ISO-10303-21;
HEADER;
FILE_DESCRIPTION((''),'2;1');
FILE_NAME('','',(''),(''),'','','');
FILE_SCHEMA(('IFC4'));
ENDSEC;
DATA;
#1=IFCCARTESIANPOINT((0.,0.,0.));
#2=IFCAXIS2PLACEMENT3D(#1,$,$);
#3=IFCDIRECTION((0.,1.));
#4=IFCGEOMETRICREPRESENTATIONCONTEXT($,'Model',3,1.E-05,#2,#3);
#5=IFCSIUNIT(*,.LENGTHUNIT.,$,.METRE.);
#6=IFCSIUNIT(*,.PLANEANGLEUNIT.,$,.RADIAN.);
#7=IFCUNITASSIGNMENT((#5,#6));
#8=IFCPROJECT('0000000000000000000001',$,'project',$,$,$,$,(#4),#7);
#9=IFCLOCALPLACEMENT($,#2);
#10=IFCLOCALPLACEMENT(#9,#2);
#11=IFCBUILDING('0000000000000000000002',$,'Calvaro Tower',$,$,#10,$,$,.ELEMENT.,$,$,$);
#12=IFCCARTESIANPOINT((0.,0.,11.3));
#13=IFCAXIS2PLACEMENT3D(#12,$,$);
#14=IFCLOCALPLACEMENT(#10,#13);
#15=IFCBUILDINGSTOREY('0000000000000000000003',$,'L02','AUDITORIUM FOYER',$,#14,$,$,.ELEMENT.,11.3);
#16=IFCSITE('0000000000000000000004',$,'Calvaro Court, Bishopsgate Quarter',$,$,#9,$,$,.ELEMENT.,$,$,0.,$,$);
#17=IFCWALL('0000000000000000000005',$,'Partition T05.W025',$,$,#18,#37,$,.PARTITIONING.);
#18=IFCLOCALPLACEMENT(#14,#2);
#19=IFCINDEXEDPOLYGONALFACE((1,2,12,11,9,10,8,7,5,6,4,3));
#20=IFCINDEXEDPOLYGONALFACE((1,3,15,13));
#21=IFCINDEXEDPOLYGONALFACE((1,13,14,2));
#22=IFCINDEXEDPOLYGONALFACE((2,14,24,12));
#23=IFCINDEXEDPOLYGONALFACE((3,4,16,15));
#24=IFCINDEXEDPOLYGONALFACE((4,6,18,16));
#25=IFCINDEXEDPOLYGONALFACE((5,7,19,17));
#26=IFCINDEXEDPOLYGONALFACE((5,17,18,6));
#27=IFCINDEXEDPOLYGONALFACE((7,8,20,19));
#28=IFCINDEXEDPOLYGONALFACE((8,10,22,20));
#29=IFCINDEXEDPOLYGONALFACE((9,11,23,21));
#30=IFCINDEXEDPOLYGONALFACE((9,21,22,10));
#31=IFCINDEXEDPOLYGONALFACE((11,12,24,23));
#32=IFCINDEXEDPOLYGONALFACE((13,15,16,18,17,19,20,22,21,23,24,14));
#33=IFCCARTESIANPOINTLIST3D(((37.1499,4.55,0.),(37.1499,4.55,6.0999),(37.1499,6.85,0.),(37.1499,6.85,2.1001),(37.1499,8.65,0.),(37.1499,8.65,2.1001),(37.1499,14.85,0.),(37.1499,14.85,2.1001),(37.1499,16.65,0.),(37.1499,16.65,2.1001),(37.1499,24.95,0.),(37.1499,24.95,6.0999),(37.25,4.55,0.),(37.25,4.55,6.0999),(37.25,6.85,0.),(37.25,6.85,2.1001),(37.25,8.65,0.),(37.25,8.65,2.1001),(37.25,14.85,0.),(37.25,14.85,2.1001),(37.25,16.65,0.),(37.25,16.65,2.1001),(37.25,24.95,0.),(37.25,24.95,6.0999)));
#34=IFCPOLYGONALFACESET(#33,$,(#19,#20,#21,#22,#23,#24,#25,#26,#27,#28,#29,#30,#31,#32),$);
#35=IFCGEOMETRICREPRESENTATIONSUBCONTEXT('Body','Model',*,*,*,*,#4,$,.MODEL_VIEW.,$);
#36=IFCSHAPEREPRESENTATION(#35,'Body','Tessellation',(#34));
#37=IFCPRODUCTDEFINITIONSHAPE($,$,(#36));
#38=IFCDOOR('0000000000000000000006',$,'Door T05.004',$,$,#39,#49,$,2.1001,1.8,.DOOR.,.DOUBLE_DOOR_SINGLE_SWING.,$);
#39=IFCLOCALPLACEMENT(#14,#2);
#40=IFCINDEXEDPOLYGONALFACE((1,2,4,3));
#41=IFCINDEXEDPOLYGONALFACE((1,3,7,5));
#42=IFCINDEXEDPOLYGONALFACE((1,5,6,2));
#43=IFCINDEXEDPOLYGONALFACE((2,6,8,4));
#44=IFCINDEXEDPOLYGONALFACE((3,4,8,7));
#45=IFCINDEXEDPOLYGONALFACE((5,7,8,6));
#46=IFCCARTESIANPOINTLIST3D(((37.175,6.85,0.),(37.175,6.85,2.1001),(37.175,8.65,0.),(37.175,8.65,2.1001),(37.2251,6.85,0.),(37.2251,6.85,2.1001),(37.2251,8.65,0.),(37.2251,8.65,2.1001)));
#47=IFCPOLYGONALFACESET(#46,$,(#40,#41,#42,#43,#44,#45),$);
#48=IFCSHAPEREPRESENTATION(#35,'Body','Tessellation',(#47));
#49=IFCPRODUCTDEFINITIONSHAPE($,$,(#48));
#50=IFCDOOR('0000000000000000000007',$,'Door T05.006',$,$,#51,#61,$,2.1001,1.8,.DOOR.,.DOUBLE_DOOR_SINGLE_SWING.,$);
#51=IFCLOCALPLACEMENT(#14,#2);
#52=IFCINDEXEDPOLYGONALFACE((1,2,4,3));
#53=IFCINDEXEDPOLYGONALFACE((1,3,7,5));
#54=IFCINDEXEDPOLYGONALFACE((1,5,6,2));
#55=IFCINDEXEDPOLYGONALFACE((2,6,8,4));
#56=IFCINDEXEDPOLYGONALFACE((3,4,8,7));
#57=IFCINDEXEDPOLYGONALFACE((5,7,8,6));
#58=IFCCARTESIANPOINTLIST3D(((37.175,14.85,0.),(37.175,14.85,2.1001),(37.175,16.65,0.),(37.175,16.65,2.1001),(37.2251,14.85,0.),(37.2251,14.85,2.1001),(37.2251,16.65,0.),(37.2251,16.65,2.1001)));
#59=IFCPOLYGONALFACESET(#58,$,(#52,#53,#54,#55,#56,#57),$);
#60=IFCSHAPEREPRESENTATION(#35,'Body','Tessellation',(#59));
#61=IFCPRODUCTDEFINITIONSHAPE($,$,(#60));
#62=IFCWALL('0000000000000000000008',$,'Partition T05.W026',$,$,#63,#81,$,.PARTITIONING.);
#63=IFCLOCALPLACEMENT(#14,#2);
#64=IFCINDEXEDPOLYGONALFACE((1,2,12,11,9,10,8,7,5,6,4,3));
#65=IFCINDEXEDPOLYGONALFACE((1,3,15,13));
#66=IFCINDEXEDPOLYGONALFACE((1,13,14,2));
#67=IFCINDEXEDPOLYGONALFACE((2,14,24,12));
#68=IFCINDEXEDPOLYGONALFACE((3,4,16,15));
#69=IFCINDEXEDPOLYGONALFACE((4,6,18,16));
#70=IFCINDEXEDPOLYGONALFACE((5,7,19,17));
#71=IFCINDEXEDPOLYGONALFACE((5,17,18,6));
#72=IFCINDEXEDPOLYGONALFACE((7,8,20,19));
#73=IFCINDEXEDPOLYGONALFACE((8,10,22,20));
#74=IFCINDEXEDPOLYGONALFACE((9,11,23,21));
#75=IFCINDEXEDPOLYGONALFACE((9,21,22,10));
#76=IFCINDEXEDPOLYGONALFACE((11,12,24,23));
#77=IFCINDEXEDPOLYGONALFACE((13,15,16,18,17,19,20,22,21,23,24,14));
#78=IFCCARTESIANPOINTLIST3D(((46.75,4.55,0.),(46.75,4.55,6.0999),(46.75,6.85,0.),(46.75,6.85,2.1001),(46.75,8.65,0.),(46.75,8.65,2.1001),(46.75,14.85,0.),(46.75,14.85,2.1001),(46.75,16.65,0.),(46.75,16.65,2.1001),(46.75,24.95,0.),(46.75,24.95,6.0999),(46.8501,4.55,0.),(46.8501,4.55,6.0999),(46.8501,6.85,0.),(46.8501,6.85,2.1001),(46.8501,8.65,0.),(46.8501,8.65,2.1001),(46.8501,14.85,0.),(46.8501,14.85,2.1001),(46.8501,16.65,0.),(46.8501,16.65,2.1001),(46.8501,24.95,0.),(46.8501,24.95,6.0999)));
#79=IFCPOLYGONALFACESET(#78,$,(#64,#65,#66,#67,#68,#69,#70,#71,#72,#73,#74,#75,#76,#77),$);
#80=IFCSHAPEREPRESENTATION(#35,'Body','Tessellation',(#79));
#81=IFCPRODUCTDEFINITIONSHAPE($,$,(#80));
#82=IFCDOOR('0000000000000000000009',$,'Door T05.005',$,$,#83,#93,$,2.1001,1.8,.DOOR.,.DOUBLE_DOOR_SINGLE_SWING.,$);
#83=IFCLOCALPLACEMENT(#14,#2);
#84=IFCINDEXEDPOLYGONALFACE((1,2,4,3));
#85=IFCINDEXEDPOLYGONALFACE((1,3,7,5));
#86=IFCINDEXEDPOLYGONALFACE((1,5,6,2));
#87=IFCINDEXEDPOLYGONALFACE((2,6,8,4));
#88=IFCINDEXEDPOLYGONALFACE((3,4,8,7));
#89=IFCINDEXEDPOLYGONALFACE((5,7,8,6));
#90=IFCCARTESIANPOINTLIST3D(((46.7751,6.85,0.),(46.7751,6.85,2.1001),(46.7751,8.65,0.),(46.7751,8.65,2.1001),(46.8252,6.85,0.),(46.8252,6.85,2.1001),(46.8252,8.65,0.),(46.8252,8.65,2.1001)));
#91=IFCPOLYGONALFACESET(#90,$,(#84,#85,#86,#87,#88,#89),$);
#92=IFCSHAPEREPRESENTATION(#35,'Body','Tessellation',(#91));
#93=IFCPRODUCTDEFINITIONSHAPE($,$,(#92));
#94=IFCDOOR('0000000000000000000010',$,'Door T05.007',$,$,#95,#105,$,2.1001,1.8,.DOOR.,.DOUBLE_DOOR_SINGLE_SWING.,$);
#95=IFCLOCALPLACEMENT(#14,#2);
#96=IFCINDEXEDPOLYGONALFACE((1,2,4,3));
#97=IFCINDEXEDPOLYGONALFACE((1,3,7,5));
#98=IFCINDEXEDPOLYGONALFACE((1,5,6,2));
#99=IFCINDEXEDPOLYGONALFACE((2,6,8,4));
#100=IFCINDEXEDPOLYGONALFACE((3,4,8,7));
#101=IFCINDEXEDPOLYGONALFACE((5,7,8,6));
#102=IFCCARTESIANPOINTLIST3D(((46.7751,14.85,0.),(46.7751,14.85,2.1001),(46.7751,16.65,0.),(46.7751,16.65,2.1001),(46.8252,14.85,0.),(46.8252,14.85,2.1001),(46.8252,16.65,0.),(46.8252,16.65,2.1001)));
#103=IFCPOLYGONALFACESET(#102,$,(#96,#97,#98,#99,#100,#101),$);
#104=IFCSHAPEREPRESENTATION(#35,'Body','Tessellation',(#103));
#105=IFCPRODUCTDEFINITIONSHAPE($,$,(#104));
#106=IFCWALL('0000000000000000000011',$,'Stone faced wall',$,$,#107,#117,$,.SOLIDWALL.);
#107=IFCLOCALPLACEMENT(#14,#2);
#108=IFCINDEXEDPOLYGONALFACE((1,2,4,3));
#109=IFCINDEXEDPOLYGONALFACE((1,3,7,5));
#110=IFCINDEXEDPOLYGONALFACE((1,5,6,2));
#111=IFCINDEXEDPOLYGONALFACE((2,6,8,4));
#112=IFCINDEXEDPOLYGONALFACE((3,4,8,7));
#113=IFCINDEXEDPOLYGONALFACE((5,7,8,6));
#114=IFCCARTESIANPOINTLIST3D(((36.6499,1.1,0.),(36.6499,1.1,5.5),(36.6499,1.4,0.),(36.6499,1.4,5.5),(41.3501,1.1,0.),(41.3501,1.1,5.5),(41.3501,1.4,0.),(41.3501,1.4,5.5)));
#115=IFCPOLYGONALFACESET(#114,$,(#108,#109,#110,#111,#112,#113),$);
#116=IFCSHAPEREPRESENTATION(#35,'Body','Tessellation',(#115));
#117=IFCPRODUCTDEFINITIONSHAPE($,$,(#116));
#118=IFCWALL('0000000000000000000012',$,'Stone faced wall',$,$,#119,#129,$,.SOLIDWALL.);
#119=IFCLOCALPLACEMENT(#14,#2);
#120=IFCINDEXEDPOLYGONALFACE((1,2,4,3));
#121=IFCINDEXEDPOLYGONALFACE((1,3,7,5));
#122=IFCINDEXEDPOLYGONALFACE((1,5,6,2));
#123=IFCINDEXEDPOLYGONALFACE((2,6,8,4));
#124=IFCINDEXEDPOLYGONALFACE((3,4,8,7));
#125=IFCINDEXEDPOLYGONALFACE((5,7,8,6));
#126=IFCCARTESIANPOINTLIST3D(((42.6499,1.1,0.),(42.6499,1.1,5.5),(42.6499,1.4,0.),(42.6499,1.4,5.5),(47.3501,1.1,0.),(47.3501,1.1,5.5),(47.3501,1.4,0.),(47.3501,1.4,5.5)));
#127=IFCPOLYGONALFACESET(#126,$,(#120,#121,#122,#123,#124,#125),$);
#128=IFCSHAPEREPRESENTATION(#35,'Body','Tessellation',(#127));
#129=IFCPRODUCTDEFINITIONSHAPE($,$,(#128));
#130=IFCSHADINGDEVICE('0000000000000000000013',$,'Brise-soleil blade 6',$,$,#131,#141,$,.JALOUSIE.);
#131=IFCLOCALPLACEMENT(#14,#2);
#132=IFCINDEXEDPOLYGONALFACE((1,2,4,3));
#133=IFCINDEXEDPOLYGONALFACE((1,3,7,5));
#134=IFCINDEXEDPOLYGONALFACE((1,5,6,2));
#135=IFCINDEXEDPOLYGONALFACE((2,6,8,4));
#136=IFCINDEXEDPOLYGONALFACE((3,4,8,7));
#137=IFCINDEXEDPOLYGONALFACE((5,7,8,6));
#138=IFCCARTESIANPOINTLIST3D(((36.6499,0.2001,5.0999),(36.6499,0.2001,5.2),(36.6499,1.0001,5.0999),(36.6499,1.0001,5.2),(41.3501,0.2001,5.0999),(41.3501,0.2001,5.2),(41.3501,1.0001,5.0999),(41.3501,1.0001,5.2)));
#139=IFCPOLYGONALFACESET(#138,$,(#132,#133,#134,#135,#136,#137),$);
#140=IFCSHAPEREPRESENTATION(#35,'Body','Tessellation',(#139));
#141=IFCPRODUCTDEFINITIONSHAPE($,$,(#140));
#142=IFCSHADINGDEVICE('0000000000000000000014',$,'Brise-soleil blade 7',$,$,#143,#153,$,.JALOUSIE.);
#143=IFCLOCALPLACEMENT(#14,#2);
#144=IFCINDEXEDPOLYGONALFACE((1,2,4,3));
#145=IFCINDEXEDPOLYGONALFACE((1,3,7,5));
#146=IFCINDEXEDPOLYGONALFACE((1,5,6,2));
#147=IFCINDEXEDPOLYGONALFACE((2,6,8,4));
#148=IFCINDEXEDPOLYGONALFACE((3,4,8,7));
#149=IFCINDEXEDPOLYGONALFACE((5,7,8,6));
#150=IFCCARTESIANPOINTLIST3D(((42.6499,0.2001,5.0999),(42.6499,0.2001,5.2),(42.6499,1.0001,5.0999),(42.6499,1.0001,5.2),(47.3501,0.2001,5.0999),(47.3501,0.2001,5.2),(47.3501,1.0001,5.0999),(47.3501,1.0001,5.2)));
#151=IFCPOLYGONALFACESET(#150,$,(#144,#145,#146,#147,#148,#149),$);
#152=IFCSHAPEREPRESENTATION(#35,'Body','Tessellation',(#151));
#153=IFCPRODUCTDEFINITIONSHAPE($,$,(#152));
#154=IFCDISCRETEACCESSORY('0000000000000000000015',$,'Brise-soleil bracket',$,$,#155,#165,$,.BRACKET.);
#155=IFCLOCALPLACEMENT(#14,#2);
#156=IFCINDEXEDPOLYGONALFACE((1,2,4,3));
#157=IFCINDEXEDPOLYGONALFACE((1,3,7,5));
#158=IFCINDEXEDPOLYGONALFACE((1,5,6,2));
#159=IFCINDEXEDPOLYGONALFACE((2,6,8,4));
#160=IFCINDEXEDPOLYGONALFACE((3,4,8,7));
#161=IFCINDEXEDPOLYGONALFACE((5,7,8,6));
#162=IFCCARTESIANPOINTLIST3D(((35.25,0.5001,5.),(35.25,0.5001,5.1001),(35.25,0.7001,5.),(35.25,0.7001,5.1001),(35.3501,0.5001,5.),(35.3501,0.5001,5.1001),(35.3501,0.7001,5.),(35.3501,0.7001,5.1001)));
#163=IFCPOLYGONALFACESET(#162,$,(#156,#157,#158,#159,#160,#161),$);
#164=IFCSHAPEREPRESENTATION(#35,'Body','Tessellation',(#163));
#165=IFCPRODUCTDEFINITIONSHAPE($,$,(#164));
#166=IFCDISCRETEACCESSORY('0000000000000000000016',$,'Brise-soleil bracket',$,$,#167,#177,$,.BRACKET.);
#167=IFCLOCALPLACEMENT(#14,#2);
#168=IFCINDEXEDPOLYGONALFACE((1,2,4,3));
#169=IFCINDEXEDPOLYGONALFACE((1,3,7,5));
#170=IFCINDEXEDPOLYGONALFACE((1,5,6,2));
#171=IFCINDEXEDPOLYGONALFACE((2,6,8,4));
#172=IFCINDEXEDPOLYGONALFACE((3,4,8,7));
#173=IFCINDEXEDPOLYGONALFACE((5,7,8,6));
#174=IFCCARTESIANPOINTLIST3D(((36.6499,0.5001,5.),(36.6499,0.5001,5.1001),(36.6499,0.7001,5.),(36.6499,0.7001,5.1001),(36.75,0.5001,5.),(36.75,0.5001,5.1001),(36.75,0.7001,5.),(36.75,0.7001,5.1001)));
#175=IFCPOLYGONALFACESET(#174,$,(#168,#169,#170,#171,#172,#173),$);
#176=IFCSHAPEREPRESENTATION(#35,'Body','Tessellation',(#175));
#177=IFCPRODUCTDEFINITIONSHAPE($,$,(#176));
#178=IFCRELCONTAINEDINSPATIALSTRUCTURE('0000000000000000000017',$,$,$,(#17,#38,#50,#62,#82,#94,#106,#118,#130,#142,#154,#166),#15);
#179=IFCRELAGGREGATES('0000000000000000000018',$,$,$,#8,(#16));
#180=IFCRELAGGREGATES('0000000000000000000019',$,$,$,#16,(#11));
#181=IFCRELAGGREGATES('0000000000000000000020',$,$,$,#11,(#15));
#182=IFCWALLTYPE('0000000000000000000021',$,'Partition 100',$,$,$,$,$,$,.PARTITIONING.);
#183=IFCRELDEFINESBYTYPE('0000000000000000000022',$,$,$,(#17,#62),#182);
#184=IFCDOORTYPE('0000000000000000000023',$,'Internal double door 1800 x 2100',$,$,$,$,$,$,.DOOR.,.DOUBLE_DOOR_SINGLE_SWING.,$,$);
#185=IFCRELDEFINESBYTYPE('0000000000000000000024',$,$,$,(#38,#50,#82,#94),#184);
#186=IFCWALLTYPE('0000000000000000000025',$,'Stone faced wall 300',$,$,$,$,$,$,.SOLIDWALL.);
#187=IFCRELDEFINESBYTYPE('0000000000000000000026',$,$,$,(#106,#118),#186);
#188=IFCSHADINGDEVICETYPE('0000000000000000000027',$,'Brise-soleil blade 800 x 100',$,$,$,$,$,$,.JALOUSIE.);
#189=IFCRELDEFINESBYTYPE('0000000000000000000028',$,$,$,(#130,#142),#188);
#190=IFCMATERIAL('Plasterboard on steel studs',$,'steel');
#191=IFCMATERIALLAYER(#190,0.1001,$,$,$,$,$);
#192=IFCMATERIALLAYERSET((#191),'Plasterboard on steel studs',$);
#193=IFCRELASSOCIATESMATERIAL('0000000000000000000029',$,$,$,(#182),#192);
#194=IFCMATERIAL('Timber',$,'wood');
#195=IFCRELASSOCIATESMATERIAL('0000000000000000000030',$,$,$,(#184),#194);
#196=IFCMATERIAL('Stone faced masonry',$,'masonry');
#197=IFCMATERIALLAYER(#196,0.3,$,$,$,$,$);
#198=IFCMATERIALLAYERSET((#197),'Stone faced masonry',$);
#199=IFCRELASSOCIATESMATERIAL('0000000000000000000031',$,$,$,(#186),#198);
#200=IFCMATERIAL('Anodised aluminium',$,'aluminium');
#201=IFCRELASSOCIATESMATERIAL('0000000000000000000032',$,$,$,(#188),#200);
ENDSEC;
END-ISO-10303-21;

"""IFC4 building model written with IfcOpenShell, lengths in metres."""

from ifc_helpers import new_model, si_unit, direction, frame, frame_2d, origin, origin_2d, place, context, subcontext, project, spatial, rectangle, extrude, material, layer, layer_set, material_profile, profile_set, type_object, element, fill, save


model = new_model("IFC4")

# Units and contexts
model_context = context("Model", 3, precision=1e-05, world=origin(), true_north=direction((0.0, 1.0)))
body_context = subcontext(model_context, "Body", "Model", "MODEL_VIEW")
ifc_project = project(units=[si_unit("LENGTHUNIT", "METRE"), si_unit("PLANEANGLEUNIT", "RADIAN")], contexts=[model_context])

# Site, building, storey
site_placement = place(None, origin())
site = spatial("IfcSite", under=ifc_project, at=site_placement, Name="Calvaro Court, Bishopsgate Quarter", CompositionType="ELEMENT", RefElevation=0.0)
building_placement = place(site_placement, origin())
building = spatial("IfcBuilding", under=site, at=building_placement, Name="Calvaro Tower", CompositionType="ELEMENT")
storey_placement = place(building_placement, frame((0.0, 0.0, 11.3)))
storey = spatial("IfcBuildingStorey", under=building, at=storey_placement, Name="L02", Description="AUDITORIUM FOYER", CompositionType="ELEMENT", Elevation=11.3)

# Shared definitions
ifc_material_1 = material(Name="Plasterboard on steel studs", Category="steel")
ifc_layer_1 = layer(ifc_material_1, 0.1001)
ifc_layer_set_1 = layer_set([ifc_layer_1], Name="Plasterboard on steel studs")
wall_type_1 = type_object("IfcWallType", Name="Partition 100", PredefinedType="PARTITIONING", material=ifc_layer_set_1)

# Walls, openings, doors
wall_1_placement = place(storey_placement, frame((37.2, 4.55, 0.0), z_axis=(0.0, 0.0, 1.0), x_axis=(0.0, 1.0, 0.0)))
wall_1 = element("IfcWall", 1, at=wall_1_placement, inside=storey, type_object=wall_type_1, Name="Partition T05.W025", PredefinedType="PARTITIONING", context=body_context, shape_type="SweptSolid", body=[
    extrude(rectangle(XDim=20.3999, YDim=0.1001, at=frame_2d((10.2, 0.0))), origin(), (0.0, 0.0, 1.0), 6.0999),
])
opening_1_placement = place(wall_1_placement, frame((2.3, 0.0, 0.0)))
opening_1 = element("IfcOpeningElement", 2, at=opening_1_placement, cuts=wall_1, PredefinedType="OPENING", context=body_context, shape_type="SweptSolid", body=[
    extrude(rectangle(XDim=1.8, YDim=2.1001, at=frame_2d((0.8999, 1.05))), frame((0.0, 0.0601, 0.0), z_axis=(0.0, -1.0, 0.0), x_axis=(1.0, 0.0, 0.0)), (0.0, 0.0, 1.0), 0.1201),
])
opening_2_placement = place(wall_1_placement, frame((10.3, 0.0, 0.0)))
opening_2 = element("IfcOpeningElement", 3, at=opening_2_placement, cuts=wall_1, PredefinedType="OPENING", context=body_context, shape_type="SweptSolid", body=[
    extrude(rectangle(XDim=1.8, YDim=2.1001, at=frame_2d((0.8999, 1.05))), frame((0.0, 0.0601, 0.0), z_axis=(0.0, -1.0, 0.0), x_axis=(1.0, 0.0, 0.0)), (0.0, 0.0, 1.0), 0.1201),
])
ifc_material_2 = material(Name="Timber", Category="wood")
door_type_1 = type_object("IfcDoorType", Name="Internal double door 1800 x 2100", OperationType="DOUBLE_DOOR_SINGLE_SWING", PredefinedType="DOOR", material=ifc_material_2)
door_1_placement = place(opening_1_placement, origin())
door_1 = element("IfcDoor", 4, at=door_1_placement, inside=storey, type_object=door_type_1, Name="Door T05.004", OperationType="DOUBLE_DOOR_SINGLE_SWING", OverallHeight=2.1001, OverallWidth=1.8, PredefinedType="DOOR", context=body_context, shape_type="SweptSolid", body=[
    extrude(rectangle(XDim=1.8, YDim=2.1001, at=frame_2d((0.8999, 1.05))), frame((0.0, 0.0249, 0.0), z_axis=(0.0, -1.0, 0.0), x_axis=(1.0, 0.0, 0.0)), (0.0, 0.0, 1.0), 0.05),
])
fill(opening_1, door_1)
door_2_placement = place(opening_2_placement, origin())
door_2 = element("IfcDoor", 5, at=door_2_placement, inside=storey, type_object=door_type_1, Name="Door T05.006", OperationType="DOUBLE_DOOR_SINGLE_SWING", OverallHeight=2.1001, OverallWidth=1.8, PredefinedType="DOOR", context=body_context, shape_type="SweptSolid", body=[
    extrude(rectangle(XDim=1.8, YDim=2.1001, at=frame_2d((0.8999, 1.05))), frame((0.0, 0.0249, 0.0), z_axis=(0.0, -1.0, 0.0), x_axis=(1.0, 0.0, 0.0)), (0.0, 0.0, 1.0), 0.05),
])
fill(opening_2, door_2)
wall_2_placement = place(storey_placement, frame((46.8, 4.55, 0.0), z_axis=(0.0, 0.0, 1.0), x_axis=(0.0, 1.0, 0.0)))
wall_2 = element("IfcWall", 6, at=wall_2_placement, inside=storey, type_object=wall_type_1, Name="Partition T05.W026", PredefinedType="PARTITIONING", context=body_context, shape_type="SweptSolid", body=[
    extrude(rectangle(XDim=20.3999, YDim=0.1001, at=frame_2d((10.2, 0.0))), origin(), (0.0, 0.0, 1.0), 6.0999),
])
opening_3_placement = place(wall_2_placement, frame((2.3, 0.0, 0.0)))
opening_3 = element("IfcOpeningElement", 7, at=opening_3_placement, cuts=wall_2, PredefinedType="OPENING", context=body_context, shape_type="SweptSolid", body=[
    extrude(rectangle(XDim=1.8, YDim=2.1001, at=frame_2d((0.8999, 1.05))), frame((0.0, 0.0601, 0.0), z_axis=(0.0, -1.0, 0.0), x_axis=(1.0, 0.0, 0.0)), (0.0, 0.0, 1.0), 0.1201),
])
opening_4_placement = place(wall_2_placement, frame((10.3, 0.0, 0.0)))
opening_4 = element("IfcOpeningElement", 8, at=opening_4_placement, cuts=wall_2, PredefinedType="OPENING", context=body_context, shape_type="SweptSolid", body=[
    extrude(rectangle(XDim=1.8, YDim=2.1001, at=frame_2d((0.8999, 1.05))), frame((0.0, 0.0601, 0.0), z_axis=(0.0, -1.0, 0.0), x_axis=(1.0, 0.0, 0.0)), (0.0, 0.0, 1.0), 0.1201),
])
door_3_placement = place(opening_3_placement, origin())
door_3 = element("IfcDoor", 9, at=door_3_placement, inside=storey, type_object=door_type_1, Name="Door T05.005", OperationType="DOUBLE_DOOR_SINGLE_SWING", OverallHeight=2.1001, OverallWidth=1.8, PredefinedType="DOOR", context=body_context, shape_type="SweptSolid", body=[
    extrude(rectangle(XDim=1.8, YDim=2.1001, at=frame_2d((0.8999, 1.05))), frame((0.0, 0.0249, 0.0), z_axis=(0.0, -1.0, 0.0), x_axis=(1.0, 0.0, 0.0)), (0.0, 0.0, 1.0), 0.05),
])
fill(opening_3, door_3)
door_4_placement = place(opening_4_placement, origin())
door_4 = element("IfcDoor", 10, at=door_4_placement, inside=storey, type_object=door_type_1, Name="Door T05.007", OperationType="DOUBLE_DOOR_SINGLE_SWING", OverallHeight=2.1001, OverallWidth=1.8, PredefinedType="DOOR", context=body_context, shape_type="SweptSolid", body=[
    extrude(rectangle(XDim=1.8, YDim=2.1001, at=frame_2d((0.8999, 1.05))), frame((0.0, 0.0249, 0.0), z_axis=(0.0, -1.0, 0.0), x_axis=(1.0, 0.0, 0.0)), (0.0, 0.0, 1.0), 0.05),
])
fill(opening_4, door_4)

# Walls
ifc_material_3 = material(Name="Stone faced masonry", Category="masonry")
ifc_layer_2 = layer(ifc_material_3, 0.3)
ifc_layer_set_2 = layer_set([ifc_layer_2], Name="Stone faced masonry")
wall_type_2 = type_object("IfcWallType", Name="Stone faced wall 300", PredefinedType="SOLIDWALL", material=ifc_layer_set_2)
for number, where, z_axis, x_axis, name in (
    (11, (36.6499, 1.25, 0.0), (0.0, 0.0, 1.0), (1.0, 0.0, 0.0), "Stone faced wall"),
    (12, (42.6499, 1.25, 0.0), (0.0, 0.0, 1.0), (1.0, 0.0, 0.0), "Stone faced wall"),
):
    element("IfcWall", number, at=place(storey_placement, frame(where, z_axis=z_axis, x_axis=x_axis)), inside=storey, type_object=wall_type_2, Name=name, PredefinedType="SOLIDWALL", context=body_context, shape_type="SweptSolid", body=[
        extrude(rectangle(XDim=4.7002, YDim=0.3, at=frame_2d((2.3501, 0.0))), origin(), (0.0, 0.0, 1.0), 5.5),
    ])

# Shading devices
ifc_material_4 = material(Name="Anodised aluminium", Category="aluminium")
ifc_material_profile_1 = material_profile(ifc_material_4, rectangle(XDim=0.8, YDim=0.1001, at=origin_2d()), Name="Brise-soleil blade 800 x 100")
ifc_profile_set_1 = profile_set([ifc_material_profile_1], Name="Anodised aluminium")
shading_device_type = type_object("IfcShadingDeviceType", Name="Brise-soleil blade 800 x 100", PredefinedType="JALOUSIE", material=ifc_profile_set_1)
for number, where, z_axis, x_axis, name in (
    (13, (36.6499, 0.6001, 5.1499), (1.0, 0.0, 0.0), (0.0, 1.0, 0.0), "Brise-soleil blade 6"),
    (14, (42.6499, 0.6001, 5.1499), (1.0, 0.0, 0.0), (0.0, 1.0, 0.0), "Brise-soleil blade 7"),
):
    element("IfcShadingDevice", number, at=place(storey_placement, frame(where, z_axis=z_axis, x_axis=x_axis)), inside=storey, type_object=shading_device_type, Name=name, PredefinedType="JALOUSIE", context=body_context, shape_type="SweptSolid", body=[
        extrude(rectangle(XDim=0.8, YDim=0.1001, at=origin_2d()), origin(), (0.0, 0.0, 1.0), 4.7002),
    ])

# Discrete accessories
for number, where, z_axis, x_axis, name in (
    (15, (35.3, 0.6001, 5.0), (0.0, 0.0, 1.0), (1.0, 0.0, 0.0), "Brise-soleil bracket"),
    (16, (36.7, 0.6001, 5.0), (0.0, 0.0, 1.0), (1.0, 0.0, 0.0), "Brise-soleil bracket"),
):
    element("IfcDiscreteAccessory", number, at=place(storey_placement, frame(where, z_axis=z_axis, x_axis=x_axis)), inside=storey, Name=name, PredefinedType="BRACKET", context=body_context, shape_type="SweptSolid", body=[
        extrude(rectangle(XDim=0.1001, YDim=0.2, at=origin_2d()), origin(), (0.0, 0.0, 1.0), 0.1001),
    ])

save(model, "model.ifc")
